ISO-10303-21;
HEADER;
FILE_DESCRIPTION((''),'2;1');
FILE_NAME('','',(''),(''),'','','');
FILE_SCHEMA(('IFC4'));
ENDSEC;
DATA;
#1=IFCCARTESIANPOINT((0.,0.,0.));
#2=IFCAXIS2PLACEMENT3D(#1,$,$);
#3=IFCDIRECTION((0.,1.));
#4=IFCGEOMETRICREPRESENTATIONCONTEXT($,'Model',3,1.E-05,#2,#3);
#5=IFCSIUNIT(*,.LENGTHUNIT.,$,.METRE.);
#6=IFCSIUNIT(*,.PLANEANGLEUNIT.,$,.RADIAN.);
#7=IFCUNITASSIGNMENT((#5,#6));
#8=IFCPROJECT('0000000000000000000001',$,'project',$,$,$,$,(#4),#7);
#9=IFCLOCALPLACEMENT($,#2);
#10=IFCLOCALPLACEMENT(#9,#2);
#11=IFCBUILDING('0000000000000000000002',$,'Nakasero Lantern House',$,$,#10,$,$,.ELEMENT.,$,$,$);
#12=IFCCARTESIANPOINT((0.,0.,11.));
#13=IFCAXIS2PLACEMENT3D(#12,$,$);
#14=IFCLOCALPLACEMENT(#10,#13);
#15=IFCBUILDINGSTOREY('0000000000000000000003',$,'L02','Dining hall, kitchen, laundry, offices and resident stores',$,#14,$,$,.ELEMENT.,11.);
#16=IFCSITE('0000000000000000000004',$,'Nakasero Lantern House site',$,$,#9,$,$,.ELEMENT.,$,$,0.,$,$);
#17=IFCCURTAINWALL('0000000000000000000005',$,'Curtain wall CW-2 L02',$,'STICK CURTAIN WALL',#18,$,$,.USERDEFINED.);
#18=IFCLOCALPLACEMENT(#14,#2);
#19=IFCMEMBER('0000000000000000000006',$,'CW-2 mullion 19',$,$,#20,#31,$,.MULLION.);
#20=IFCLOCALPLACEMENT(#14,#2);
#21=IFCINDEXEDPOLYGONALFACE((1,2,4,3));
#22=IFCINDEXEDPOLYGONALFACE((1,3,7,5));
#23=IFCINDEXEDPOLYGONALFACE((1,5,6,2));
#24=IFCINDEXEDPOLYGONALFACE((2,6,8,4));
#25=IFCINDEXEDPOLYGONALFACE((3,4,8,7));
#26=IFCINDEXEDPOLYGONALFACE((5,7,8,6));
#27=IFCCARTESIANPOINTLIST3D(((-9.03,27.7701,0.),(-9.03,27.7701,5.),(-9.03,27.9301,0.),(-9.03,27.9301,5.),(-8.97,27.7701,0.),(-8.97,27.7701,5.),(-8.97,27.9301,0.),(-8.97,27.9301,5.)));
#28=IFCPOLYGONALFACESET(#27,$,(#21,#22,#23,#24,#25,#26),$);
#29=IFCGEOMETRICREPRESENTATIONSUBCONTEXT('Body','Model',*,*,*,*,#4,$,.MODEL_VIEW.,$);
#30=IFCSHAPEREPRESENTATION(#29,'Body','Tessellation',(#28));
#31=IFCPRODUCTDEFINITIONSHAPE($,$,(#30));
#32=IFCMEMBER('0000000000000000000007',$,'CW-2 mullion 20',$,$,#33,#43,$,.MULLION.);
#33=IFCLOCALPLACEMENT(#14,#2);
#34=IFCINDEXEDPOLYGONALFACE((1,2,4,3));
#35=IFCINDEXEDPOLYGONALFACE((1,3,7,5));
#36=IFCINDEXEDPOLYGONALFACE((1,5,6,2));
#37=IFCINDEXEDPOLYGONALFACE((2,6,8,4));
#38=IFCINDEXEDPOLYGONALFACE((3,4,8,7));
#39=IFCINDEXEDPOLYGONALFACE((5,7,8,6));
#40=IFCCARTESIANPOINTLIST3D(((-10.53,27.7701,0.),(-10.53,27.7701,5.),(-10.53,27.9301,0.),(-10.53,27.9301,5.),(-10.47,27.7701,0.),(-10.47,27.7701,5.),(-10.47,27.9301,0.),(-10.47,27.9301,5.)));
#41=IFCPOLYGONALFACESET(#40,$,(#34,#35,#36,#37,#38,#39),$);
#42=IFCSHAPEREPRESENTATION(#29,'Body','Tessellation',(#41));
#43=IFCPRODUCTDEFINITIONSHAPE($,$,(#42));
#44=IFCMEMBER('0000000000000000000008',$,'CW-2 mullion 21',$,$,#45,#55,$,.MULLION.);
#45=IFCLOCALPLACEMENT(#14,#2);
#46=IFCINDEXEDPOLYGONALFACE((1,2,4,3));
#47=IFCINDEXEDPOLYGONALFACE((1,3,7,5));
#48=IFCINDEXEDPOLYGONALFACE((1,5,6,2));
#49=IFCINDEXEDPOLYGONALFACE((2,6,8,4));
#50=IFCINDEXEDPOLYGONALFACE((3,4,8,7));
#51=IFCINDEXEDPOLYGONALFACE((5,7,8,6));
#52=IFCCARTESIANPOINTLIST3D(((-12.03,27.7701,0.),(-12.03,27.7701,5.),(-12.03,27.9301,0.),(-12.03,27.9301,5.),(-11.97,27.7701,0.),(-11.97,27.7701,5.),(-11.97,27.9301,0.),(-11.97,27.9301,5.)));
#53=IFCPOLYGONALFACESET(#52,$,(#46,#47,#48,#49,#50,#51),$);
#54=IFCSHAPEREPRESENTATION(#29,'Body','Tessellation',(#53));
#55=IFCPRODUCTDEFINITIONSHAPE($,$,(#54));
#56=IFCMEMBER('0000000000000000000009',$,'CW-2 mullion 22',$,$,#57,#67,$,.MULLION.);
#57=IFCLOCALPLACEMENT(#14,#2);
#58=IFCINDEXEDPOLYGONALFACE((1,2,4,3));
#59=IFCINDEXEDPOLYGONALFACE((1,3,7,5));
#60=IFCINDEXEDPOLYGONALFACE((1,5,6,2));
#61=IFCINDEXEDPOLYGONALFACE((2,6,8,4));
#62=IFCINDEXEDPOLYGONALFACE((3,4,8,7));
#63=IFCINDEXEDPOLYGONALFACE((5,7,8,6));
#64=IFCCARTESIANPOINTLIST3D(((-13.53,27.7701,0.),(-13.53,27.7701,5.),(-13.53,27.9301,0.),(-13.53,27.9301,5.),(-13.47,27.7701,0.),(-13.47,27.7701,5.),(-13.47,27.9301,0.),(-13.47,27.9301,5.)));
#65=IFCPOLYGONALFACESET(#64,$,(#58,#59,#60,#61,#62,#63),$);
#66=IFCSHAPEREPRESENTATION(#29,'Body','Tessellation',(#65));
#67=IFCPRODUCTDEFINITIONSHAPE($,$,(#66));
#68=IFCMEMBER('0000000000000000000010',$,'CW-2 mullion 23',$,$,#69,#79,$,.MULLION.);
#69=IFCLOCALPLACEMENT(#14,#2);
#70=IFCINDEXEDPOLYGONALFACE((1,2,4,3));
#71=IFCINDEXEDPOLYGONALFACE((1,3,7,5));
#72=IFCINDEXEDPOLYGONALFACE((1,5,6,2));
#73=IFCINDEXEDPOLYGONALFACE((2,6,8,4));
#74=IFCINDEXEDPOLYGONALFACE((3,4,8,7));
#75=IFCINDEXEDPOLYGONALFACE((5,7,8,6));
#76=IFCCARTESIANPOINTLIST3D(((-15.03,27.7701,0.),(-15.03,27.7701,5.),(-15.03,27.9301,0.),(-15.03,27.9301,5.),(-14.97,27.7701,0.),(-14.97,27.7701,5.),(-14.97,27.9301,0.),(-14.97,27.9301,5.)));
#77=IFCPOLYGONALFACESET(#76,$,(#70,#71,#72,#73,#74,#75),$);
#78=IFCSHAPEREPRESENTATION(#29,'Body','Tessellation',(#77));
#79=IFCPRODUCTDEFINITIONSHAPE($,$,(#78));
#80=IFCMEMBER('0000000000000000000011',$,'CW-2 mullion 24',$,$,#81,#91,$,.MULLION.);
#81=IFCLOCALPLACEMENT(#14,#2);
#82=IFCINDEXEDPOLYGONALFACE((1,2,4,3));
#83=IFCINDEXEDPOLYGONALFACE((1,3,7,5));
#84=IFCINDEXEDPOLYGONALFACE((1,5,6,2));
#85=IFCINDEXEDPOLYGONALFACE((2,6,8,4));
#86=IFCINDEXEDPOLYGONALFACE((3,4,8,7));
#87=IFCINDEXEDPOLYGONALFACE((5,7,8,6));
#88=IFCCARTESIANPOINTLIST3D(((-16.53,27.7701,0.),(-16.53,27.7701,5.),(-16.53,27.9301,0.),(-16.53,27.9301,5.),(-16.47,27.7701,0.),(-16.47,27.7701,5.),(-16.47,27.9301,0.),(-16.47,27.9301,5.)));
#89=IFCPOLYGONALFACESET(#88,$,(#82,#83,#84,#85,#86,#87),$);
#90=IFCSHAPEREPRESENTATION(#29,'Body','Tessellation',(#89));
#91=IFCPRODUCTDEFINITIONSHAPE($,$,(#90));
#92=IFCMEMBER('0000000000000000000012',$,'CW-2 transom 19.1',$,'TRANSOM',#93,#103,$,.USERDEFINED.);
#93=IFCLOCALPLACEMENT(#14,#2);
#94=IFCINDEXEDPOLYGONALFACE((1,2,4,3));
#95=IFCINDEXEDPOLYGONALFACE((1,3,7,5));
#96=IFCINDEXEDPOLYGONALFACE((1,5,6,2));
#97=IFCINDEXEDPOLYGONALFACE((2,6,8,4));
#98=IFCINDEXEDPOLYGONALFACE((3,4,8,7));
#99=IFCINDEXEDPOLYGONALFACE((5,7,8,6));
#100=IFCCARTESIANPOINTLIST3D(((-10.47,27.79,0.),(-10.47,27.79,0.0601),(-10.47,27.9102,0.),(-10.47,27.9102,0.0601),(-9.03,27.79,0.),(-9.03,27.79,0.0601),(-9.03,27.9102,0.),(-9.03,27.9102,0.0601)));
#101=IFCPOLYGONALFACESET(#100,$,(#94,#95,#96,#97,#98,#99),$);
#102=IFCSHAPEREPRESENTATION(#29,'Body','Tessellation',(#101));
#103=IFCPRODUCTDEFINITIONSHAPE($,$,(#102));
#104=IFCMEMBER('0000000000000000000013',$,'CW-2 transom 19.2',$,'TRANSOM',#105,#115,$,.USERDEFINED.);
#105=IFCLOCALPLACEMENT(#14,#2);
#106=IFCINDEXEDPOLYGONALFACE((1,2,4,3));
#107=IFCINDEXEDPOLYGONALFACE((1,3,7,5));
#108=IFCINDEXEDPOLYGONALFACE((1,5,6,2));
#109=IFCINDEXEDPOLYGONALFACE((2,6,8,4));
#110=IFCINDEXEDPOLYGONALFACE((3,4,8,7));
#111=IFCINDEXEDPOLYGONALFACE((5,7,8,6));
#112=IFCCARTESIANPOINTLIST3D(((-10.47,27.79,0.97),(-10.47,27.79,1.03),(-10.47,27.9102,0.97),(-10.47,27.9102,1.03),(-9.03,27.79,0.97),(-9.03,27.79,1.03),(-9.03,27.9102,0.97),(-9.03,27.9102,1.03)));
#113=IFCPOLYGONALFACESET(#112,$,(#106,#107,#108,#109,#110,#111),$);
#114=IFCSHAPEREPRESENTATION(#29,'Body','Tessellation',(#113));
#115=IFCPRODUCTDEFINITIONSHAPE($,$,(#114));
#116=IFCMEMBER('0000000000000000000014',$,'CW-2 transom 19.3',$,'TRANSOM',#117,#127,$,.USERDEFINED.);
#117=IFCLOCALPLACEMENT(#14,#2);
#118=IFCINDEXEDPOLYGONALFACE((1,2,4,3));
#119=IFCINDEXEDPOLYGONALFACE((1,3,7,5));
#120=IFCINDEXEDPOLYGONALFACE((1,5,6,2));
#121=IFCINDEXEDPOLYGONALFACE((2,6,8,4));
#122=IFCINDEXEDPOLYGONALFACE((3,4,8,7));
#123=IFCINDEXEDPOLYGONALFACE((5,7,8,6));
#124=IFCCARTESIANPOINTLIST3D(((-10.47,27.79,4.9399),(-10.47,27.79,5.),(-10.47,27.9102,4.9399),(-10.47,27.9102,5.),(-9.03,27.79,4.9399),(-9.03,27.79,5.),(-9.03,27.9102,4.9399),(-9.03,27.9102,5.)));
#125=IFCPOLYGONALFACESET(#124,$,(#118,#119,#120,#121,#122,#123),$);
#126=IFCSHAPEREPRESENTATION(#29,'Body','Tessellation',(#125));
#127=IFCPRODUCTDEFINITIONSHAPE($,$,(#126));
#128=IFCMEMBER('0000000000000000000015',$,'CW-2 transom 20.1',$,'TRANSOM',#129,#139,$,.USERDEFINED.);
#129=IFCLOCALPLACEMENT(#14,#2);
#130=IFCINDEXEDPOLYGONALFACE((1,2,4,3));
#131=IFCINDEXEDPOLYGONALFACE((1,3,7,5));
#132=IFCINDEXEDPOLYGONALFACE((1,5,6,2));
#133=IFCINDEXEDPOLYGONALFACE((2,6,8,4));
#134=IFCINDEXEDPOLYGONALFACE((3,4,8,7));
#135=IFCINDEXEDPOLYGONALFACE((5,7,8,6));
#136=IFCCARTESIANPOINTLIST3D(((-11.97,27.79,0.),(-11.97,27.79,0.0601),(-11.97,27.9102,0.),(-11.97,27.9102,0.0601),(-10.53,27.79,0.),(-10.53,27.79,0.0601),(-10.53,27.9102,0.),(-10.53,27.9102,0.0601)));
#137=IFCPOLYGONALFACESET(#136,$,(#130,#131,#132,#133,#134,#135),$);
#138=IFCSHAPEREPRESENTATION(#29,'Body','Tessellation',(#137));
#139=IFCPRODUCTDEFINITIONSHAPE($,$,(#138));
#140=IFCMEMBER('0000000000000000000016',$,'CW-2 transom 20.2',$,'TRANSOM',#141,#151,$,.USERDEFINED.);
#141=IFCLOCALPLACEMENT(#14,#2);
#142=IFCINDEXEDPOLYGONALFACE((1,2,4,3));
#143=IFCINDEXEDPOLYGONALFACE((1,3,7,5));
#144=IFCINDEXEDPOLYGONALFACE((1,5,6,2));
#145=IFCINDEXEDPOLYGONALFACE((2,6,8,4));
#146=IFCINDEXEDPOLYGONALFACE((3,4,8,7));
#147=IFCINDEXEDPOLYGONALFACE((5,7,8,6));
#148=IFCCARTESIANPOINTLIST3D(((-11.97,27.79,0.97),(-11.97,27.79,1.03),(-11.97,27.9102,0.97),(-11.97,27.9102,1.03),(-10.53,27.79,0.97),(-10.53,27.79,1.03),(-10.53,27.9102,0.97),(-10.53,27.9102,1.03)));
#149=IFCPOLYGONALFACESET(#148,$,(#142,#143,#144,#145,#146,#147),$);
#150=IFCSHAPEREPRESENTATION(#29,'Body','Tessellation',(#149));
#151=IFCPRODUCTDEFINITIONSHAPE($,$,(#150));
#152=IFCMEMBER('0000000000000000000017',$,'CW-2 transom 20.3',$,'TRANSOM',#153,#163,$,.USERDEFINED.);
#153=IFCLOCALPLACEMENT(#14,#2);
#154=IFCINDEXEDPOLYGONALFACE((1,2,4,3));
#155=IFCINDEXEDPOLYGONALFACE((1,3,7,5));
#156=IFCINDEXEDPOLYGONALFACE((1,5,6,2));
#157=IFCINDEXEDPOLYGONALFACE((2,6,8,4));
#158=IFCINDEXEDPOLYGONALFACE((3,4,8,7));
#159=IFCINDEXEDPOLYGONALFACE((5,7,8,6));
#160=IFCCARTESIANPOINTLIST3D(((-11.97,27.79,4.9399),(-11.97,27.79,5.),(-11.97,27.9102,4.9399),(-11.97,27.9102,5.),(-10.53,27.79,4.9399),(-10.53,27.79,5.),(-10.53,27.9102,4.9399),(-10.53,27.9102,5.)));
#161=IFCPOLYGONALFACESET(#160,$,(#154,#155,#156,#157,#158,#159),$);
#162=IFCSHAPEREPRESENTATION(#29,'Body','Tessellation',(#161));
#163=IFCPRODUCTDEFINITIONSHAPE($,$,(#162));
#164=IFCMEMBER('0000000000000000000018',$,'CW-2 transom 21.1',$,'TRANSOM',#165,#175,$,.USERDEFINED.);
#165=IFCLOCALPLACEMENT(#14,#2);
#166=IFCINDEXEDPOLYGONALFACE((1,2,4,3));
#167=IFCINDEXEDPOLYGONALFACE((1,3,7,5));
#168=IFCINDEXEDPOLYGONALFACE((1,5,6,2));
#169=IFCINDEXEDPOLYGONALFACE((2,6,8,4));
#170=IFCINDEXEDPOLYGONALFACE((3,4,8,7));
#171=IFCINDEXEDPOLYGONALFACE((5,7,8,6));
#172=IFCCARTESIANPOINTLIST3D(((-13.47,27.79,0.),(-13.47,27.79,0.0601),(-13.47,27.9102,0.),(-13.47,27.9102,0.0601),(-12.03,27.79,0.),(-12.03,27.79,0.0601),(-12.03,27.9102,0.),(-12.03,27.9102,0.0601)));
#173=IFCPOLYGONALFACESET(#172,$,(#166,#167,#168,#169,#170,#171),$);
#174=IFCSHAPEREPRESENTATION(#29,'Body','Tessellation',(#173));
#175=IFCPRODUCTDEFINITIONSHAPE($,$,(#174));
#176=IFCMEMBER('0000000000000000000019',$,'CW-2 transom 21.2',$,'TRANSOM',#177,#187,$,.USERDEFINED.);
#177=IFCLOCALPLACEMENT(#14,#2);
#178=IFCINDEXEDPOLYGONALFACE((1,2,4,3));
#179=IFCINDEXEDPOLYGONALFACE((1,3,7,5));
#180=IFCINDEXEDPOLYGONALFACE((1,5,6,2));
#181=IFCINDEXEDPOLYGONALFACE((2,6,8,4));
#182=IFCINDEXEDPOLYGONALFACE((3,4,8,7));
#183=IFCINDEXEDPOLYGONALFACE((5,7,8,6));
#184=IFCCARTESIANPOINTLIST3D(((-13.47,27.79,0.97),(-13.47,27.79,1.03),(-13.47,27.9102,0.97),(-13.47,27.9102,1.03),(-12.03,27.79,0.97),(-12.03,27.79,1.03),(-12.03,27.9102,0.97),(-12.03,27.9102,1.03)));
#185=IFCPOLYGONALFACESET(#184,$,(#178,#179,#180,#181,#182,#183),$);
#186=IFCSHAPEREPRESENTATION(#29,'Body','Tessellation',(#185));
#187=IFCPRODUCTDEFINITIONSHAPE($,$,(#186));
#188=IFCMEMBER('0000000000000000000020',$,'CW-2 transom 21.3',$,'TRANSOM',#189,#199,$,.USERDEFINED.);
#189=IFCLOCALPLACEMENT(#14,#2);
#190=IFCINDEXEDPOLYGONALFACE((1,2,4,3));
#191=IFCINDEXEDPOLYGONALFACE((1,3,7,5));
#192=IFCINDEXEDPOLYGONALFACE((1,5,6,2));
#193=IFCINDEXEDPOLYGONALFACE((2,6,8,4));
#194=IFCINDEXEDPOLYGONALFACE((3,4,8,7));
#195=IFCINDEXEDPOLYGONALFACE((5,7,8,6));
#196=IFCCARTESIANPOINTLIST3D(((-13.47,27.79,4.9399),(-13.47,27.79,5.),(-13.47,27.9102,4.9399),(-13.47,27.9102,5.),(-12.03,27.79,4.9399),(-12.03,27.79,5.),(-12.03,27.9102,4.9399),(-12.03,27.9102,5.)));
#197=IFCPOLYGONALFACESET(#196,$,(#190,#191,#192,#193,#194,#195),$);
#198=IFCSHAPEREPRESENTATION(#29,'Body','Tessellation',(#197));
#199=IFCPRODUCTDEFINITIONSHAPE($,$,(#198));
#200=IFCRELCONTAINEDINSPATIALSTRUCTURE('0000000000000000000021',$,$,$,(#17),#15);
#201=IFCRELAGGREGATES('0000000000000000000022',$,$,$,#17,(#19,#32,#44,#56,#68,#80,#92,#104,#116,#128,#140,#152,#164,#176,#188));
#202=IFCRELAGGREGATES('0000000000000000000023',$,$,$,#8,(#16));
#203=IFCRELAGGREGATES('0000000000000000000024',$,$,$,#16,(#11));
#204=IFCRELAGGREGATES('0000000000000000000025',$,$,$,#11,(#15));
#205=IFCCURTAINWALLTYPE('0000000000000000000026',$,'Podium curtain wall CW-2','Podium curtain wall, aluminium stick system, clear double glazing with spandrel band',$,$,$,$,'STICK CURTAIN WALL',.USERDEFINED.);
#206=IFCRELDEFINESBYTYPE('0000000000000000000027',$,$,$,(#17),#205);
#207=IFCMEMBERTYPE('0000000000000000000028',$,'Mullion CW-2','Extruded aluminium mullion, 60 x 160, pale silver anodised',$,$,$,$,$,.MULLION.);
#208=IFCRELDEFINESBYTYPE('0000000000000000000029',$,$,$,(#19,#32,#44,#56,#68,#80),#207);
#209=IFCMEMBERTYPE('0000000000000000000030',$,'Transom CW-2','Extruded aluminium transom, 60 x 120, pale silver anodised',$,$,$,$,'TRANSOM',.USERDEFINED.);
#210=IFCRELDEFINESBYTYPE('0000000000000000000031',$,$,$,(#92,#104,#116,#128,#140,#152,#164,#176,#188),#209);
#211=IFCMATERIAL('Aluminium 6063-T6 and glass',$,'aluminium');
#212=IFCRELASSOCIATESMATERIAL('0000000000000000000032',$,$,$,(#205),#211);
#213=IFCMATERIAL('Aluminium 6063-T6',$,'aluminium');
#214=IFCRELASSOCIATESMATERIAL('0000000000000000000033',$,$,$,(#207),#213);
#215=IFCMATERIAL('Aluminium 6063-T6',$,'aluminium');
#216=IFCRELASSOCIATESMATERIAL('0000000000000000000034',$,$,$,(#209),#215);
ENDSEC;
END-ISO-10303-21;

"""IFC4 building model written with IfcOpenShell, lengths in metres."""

from ifc_helpers import new_model, si_unit, direction, frame, origin, origin_2d, place, context, subcontext, project, spatial, rectangle, extrude, material, material_profile, profile_set, type_object, element, aggregate, save


model = new_model("IFC4")

# Units and contexts
model_context = context("Model", 3, precision=1e-05, world=origin(), true_north=direction((0.0, 1.0)))
body_context = subcontext(model_context, "Body", "Model", "MODEL_VIEW")
ifc_project = project(units=[si_unit("LENGTHUNIT", "METRE"), si_unit("PLANEANGLEUNIT", "RADIAN")], contexts=[model_context])

# Site, building, storey
site_placement = place(None, origin())
site = spatial("IfcSite", under=ifc_project, at=site_placement, Name="Nakasero Lantern House site", CompositionType="ELEMENT", RefElevation=0.0)
building_placement = place(site_placement, origin())
building = spatial("IfcBuilding", under=site, at=building_placement, Name="Nakasero Lantern House", CompositionType="ELEMENT")
storey_placement = place(building_placement, frame((0.0, 0.0, 11.0)))
storey = spatial("IfcBuildingStorey", under=building, at=storey_placement, Name="L02", Description="Dining hall, kitchen, laundry, offices and resident stores", CompositionType="ELEMENT", Elevation=11.0)

# Curtain wall, members
ifc_material_1 = material(Name="Aluminium 6063-T6 and glass", Category="aluminium")
curtain_wall_type = type_object("IfcCurtainWallType", Name="Podium curtain wall CW-2", Description="Podium curtain wall, aluminium stick system, clear double glazing with spandrel band", ElementType="STICK CURTAIN WALL", PredefinedType="USERDEFINED", material=ifc_material_1)
curtain_wall_placement = place(storey_placement, origin())
curtain_wall = element("IfcCurtainWall", 1, at=curtain_wall_placement, inside=storey, type_object=curtain_wall_type, Name="Curtain wall CW-2 L02", ObjectType="STICK CURTAIN WALL", PredefinedType="USERDEFINED")
ifc_material_2 = material(Name="Aluminium 6063-T6", Category="aluminium")
ifc_material_profile_1 = material_profile(ifc_material_2, rectangle(XDim=0.0601, YDim=0.1599, at=origin_2d()), Name="CW-2 mullion 60x160")
ifc_profile_set_1 = profile_set([ifc_material_profile_1], Name="Aluminium 6063-T6")
member_type_1 = type_object("IfcMemberType", Name="Mullion CW-2", Description="Extruded aluminium mullion, 60 x 160, pale silver anodised", PredefinedType="MULLION", material=ifc_profile_set_1)
member_1_placement = place(storey_placement, frame((-9.0, 27.8501, 0.0), z_axis=(0.0, 0.0, 1.0), x_axis=(-1.0, 0.0, 0.0)))
member_1 = element("IfcMember", 2, at=member_1_placement, type_object=member_type_1, Name="CW-2 mullion 19", PredefinedType="MULLION", context=body_context, shape_type="SweptSolid", body=[
    extrude(rectangle(XDim=0.0601, YDim=0.1599, at=origin_2d()), origin(), (0.0, 0.0, 1.0), 5.0),
])
member_2_placement = place(storey_placement, frame((-10.5, 27.8501, 0.0), z_axis=(0.0, 0.0, 1.0), x_axis=(-1.0, 0.0, 0.0)))
member_2 = element("IfcMember", 3, at=member_2_placement, type_object=member_type_1, Name="CW-2 mullion 20", PredefinedType="MULLION", context=body_context, shape_type="SweptSolid", body=[
    extrude(rectangle(XDim=0.0601, YDim=0.1599, at=origin_2d()), origin(), (0.0, 0.0, 1.0), 5.0),
])
member_3_placement = place(storey_placement, frame((-12.0, 27.8501, 0.0), z_axis=(0.0, 0.0, 1.0), x_axis=(-1.0, 0.0, 0.0)))
member_3 = element("IfcMember", 4, at=member_3_placement, type_object=member_type_1, Name="CW-2 mullion 21", PredefinedType="MULLION", context=body_context, shape_type="SweptSolid", body=[
    extrude(rectangle(XDim=0.0601, YDim=0.1599, at=origin_2d()), origin(), (0.0, 0.0, 1.0), 5.0),
])
member_4_placement = place(storey_placement, frame((-13.5, 27.8501, 0.0), z_axis=(0.0, 0.0, 1.0), x_axis=(-1.0, 0.0, 0.0)))
member_4 = element("IfcMember", 5, at=member_4_placement, type_object=member_type_1, Name="CW-2 mullion 22", PredefinedType="MULLION", context=body_context, shape_type="SweptSolid", body=[
    extrude(rectangle(XDim=0.0601, YDim=0.1599, at=origin_2d()), origin(), (0.0, 0.0, 1.0), 5.0),
])
member_5_placement = place(storey_placement, frame((-15.0, 27.8501, 0.0), z_axis=(0.0, 0.0, 1.0), x_axis=(-1.0, 0.0, 0.0)))
member_5 = element("IfcMember", 6, at=member_5_placement, type_object=member_type_1, Name="CW-2 mullion 23", PredefinedType="MULLION", context=body_context, shape_type="SweptSolid", body=[
    extrude(rectangle(XDim=0.0601, YDim=0.1599, at=origin_2d()), origin(), (0.0, 0.0, 1.0), 5.0),
])
member_6_placement = place(storey_placement, frame((-16.5, 27.8501, 0.0), z_axis=(0.0, 0.0, 1.0), x_axis=(-1.0, 0.0, 0.0)))
member_6 = element("IfcMember", 7, at=member_6_placement, type_object=member_type_1, Name="CW-2 mullion 24", PredefinedType="MULLION", context=body_context, shape_type="SweptSolid", body=[
    extrude(rectangle(XDim=0.0601, YDim=0.1599, at=origin_2d()), origin(), (0.0, 0.0, 1.0), 5.0),
])
ifc_material_3 = material(Name="Aluminium 6063-T6", Category="aluminium")
ifc_material_profile_2 = material_profile(ifc_material_3, rectangle(XDim=0.0601, YDim=0.1201, at=origin_2d()), Name="CW-2 transom 60x120")
ifc_profile_set_2 = profile_set([ifc_material_profile_2], Name="Aluminium 6063-T6")
member_type_2 = type_object("IfcMemberType", Name="Transom CW-2", Description="Extruded aluminium transom, 60 x 120, pale silver anodised", ElementType="TRANSOM", PredefinedType="USERDEFINED", material=ifc_profile_set_2)
member_7_placement = place(storey_placement, frame((-9.03, 27.8501, 0.03), z_axis=(-1.0, 0.0, 0.0), x_axis=(0.0, 0.0, 1.0)))
member_7 = element("IfcMember", 8, at=member_7_placement, type_object=member_type_2, Name="CW-2 transom 19.1", ObjectType="TRANSOM", PredefinedType="USERDEFINED", context=body_context, shape_type="SweptSolid", body=[
    extrude(rectangle(XDim=0.0601, YDim=0.1201, at=origin_2d()), origin(), (0.0, 0.0, 1.0), 1.4399),
])
member_8_placement = place(storey_placement, frame((-9.03, 27.8501, 1.0), z_axis=(-1.0, 0.0, 0.0), x_axis=(0.0, 0.0, 1.0)))
member_8 = element("IfcMember", 9, at=member_8_placement, type_object=member_type_2, Name="CW-2 transom 19.2", ObjectType="TRANSOM", PredefinedType="USERDEFINED", context=body_context, shape_type="SweptSolid", body=[
    extrude(rectangle(XDim=0.0601, YDim=0.1201, at=origin_2d()), origin(), (0.0, 0.0, 1.0), 1.4399),
])
member_9_placement = place(storey_placement, frame((-9.03, 27.8501, 4.97), z_axis=(-1.0, 0.0, 0.0), x_axis=(0.0, 0.0, 1.0)))
member_9 = element("IfcMember", 10, at=member_9_placement, type_object=member_type_2, Name="CW-2 transom 19.3", ObjectType="TRANSOM", PredefinedType="USERDEFINED", context=body_context, shape_type="SweptSolid", body=[
    extrude(rectangle(XDim=0.0601, YDim=0.1201, at=origin_2d()), origin(), (0.0, 0.0, 1.0), 1.4399),
])
member_10_placement = place(storey_placement, frame((-10.53, 27.8501, 0.03), z_axis=(-1.0, 0.0, 0.0), x_axis=(0.0, 0.0, 1.0)))
member_10 = element("IfcMember", 11, at=member_10_placement, type_object=member_type_2, Name="CW-2 transom 20.1", ObjectType="TRANSOM", PredefinedType="USERDEFINED", context=body_context, shape_type="SweptSolid", body=[
    extrude(rectangle(XDim=0.0601, YDim=0.1201, at=origin_2d()), origin(), (0.0, 0.0, 1.0), 1.4399),
])
member_11_placement = place(storey_placement, frame((-10.53, 27.8501, 1.0), z_axis=(-1.0, 0.0, 0.0), x_axis=(0.0, 0.0, 1.0)))
member_11 = element("IfcMember", 12, at=member_11_placement, type_object=member_type_2, Name="CW-2 transom 20.2", ObjectType="TRANSOM", PredefinedType="USERDEFINED", context=body_context, shape_type="SweptSolid", body=[
    extrude(rectangle(XDim=0.0601, YDim=0.1201, at=origin_2d()), origin(), (0.0, 0.0, 1.0), 1.4399),
])
member_12_placement = place(storey_placement, frame((-10.53, 27.8501, 4.97), z_axis=(-1.0, 0.0, 0.0), x_axis=(0.0, 0.0, 1.0)))
member_12 = element("IfcMember", 13, at=member_12_placement, type_object=member_type_2, Name="CW-2 transom 20.3", ObjectType="TRANSOM", PredefinedType="USERDEFINED", context=body_context, shape_type="SweptSolid", body=[
    extrude(rectangle(XDim=0.0601, YDim=0.1201, at=origin_2d()), origin(), (0.0, 0.0, 1.0), 1.4399),
])
member_13_placement = place(storey_placement, frame((-12.03, 27.8501, 0.03), z_axis=(-1.0, 0.0, 0.0), x_axis=(0.0, 0.0, 1.0)))
member_13 = element("IfcMember", 14, at=member_13_placement, type_object=member_type_2, Name="CW-2 transom 21.1", ObjectType="TRANSOM", PredefinedType="USERDEFINED", context=body_context, shape_type="SweptSolid", body=[
    extrude(rectangle(XDim=0.0601, YDim=0.1201, at=origin_2d()), origin(), (0.0, 0.0, 1.0), 1.4399),
])
member_14_placement = place(storey_placement, frame((-12.03, 27.8501, 1.0), z_axis=(-1.0, 0.0, 0.0), x_axis=(0.0, 0.0, 1.0)))
member_14 = element("IfcMember", 15, at=member_14_placement, type_object=member_type_2, Name="CW-2 transom 21.2", ObjectType="TRANSOM", PredefinedType="USERDEFINED", context=body_context, shape_type="SweptSolid", body=[
    extrude(rectangle(XDim=0.0601, YDim=0.1201, at=origin_2d()), origin(), (0.0, 0.0, 1.0), 1.4399),
])
member_15_placement = place(storey_placement, frame((-12.03, 27.8501, 4.97), z_axis=(-1.0, 0.0, 0.0), x_axis=(0.0, 0.0, 1.0)))
member_15 = element("IfcMember", 16, at=member_15_placement, type_object=member_type_2, Name="CW-2 transom 21.3", ObjectType="TRANSOM", PredefinedType="USERDEFINED", context=body_context, shape_type="SweptSolid", body=[
    extrude(rectangle(XDim=0.0601, YDim=0.1201, at=origin_2d()), origin(), (0.0, 0.0, 1.0), 1.4399),
])
aggregate(curtain_wall, [member_1, member_2, member_3, member_4, member_5, member_6, member_7, member_8, member_9, member_10, member_11, member_12, member_13, member_14, member_15])

save(model, "model.ifc")
